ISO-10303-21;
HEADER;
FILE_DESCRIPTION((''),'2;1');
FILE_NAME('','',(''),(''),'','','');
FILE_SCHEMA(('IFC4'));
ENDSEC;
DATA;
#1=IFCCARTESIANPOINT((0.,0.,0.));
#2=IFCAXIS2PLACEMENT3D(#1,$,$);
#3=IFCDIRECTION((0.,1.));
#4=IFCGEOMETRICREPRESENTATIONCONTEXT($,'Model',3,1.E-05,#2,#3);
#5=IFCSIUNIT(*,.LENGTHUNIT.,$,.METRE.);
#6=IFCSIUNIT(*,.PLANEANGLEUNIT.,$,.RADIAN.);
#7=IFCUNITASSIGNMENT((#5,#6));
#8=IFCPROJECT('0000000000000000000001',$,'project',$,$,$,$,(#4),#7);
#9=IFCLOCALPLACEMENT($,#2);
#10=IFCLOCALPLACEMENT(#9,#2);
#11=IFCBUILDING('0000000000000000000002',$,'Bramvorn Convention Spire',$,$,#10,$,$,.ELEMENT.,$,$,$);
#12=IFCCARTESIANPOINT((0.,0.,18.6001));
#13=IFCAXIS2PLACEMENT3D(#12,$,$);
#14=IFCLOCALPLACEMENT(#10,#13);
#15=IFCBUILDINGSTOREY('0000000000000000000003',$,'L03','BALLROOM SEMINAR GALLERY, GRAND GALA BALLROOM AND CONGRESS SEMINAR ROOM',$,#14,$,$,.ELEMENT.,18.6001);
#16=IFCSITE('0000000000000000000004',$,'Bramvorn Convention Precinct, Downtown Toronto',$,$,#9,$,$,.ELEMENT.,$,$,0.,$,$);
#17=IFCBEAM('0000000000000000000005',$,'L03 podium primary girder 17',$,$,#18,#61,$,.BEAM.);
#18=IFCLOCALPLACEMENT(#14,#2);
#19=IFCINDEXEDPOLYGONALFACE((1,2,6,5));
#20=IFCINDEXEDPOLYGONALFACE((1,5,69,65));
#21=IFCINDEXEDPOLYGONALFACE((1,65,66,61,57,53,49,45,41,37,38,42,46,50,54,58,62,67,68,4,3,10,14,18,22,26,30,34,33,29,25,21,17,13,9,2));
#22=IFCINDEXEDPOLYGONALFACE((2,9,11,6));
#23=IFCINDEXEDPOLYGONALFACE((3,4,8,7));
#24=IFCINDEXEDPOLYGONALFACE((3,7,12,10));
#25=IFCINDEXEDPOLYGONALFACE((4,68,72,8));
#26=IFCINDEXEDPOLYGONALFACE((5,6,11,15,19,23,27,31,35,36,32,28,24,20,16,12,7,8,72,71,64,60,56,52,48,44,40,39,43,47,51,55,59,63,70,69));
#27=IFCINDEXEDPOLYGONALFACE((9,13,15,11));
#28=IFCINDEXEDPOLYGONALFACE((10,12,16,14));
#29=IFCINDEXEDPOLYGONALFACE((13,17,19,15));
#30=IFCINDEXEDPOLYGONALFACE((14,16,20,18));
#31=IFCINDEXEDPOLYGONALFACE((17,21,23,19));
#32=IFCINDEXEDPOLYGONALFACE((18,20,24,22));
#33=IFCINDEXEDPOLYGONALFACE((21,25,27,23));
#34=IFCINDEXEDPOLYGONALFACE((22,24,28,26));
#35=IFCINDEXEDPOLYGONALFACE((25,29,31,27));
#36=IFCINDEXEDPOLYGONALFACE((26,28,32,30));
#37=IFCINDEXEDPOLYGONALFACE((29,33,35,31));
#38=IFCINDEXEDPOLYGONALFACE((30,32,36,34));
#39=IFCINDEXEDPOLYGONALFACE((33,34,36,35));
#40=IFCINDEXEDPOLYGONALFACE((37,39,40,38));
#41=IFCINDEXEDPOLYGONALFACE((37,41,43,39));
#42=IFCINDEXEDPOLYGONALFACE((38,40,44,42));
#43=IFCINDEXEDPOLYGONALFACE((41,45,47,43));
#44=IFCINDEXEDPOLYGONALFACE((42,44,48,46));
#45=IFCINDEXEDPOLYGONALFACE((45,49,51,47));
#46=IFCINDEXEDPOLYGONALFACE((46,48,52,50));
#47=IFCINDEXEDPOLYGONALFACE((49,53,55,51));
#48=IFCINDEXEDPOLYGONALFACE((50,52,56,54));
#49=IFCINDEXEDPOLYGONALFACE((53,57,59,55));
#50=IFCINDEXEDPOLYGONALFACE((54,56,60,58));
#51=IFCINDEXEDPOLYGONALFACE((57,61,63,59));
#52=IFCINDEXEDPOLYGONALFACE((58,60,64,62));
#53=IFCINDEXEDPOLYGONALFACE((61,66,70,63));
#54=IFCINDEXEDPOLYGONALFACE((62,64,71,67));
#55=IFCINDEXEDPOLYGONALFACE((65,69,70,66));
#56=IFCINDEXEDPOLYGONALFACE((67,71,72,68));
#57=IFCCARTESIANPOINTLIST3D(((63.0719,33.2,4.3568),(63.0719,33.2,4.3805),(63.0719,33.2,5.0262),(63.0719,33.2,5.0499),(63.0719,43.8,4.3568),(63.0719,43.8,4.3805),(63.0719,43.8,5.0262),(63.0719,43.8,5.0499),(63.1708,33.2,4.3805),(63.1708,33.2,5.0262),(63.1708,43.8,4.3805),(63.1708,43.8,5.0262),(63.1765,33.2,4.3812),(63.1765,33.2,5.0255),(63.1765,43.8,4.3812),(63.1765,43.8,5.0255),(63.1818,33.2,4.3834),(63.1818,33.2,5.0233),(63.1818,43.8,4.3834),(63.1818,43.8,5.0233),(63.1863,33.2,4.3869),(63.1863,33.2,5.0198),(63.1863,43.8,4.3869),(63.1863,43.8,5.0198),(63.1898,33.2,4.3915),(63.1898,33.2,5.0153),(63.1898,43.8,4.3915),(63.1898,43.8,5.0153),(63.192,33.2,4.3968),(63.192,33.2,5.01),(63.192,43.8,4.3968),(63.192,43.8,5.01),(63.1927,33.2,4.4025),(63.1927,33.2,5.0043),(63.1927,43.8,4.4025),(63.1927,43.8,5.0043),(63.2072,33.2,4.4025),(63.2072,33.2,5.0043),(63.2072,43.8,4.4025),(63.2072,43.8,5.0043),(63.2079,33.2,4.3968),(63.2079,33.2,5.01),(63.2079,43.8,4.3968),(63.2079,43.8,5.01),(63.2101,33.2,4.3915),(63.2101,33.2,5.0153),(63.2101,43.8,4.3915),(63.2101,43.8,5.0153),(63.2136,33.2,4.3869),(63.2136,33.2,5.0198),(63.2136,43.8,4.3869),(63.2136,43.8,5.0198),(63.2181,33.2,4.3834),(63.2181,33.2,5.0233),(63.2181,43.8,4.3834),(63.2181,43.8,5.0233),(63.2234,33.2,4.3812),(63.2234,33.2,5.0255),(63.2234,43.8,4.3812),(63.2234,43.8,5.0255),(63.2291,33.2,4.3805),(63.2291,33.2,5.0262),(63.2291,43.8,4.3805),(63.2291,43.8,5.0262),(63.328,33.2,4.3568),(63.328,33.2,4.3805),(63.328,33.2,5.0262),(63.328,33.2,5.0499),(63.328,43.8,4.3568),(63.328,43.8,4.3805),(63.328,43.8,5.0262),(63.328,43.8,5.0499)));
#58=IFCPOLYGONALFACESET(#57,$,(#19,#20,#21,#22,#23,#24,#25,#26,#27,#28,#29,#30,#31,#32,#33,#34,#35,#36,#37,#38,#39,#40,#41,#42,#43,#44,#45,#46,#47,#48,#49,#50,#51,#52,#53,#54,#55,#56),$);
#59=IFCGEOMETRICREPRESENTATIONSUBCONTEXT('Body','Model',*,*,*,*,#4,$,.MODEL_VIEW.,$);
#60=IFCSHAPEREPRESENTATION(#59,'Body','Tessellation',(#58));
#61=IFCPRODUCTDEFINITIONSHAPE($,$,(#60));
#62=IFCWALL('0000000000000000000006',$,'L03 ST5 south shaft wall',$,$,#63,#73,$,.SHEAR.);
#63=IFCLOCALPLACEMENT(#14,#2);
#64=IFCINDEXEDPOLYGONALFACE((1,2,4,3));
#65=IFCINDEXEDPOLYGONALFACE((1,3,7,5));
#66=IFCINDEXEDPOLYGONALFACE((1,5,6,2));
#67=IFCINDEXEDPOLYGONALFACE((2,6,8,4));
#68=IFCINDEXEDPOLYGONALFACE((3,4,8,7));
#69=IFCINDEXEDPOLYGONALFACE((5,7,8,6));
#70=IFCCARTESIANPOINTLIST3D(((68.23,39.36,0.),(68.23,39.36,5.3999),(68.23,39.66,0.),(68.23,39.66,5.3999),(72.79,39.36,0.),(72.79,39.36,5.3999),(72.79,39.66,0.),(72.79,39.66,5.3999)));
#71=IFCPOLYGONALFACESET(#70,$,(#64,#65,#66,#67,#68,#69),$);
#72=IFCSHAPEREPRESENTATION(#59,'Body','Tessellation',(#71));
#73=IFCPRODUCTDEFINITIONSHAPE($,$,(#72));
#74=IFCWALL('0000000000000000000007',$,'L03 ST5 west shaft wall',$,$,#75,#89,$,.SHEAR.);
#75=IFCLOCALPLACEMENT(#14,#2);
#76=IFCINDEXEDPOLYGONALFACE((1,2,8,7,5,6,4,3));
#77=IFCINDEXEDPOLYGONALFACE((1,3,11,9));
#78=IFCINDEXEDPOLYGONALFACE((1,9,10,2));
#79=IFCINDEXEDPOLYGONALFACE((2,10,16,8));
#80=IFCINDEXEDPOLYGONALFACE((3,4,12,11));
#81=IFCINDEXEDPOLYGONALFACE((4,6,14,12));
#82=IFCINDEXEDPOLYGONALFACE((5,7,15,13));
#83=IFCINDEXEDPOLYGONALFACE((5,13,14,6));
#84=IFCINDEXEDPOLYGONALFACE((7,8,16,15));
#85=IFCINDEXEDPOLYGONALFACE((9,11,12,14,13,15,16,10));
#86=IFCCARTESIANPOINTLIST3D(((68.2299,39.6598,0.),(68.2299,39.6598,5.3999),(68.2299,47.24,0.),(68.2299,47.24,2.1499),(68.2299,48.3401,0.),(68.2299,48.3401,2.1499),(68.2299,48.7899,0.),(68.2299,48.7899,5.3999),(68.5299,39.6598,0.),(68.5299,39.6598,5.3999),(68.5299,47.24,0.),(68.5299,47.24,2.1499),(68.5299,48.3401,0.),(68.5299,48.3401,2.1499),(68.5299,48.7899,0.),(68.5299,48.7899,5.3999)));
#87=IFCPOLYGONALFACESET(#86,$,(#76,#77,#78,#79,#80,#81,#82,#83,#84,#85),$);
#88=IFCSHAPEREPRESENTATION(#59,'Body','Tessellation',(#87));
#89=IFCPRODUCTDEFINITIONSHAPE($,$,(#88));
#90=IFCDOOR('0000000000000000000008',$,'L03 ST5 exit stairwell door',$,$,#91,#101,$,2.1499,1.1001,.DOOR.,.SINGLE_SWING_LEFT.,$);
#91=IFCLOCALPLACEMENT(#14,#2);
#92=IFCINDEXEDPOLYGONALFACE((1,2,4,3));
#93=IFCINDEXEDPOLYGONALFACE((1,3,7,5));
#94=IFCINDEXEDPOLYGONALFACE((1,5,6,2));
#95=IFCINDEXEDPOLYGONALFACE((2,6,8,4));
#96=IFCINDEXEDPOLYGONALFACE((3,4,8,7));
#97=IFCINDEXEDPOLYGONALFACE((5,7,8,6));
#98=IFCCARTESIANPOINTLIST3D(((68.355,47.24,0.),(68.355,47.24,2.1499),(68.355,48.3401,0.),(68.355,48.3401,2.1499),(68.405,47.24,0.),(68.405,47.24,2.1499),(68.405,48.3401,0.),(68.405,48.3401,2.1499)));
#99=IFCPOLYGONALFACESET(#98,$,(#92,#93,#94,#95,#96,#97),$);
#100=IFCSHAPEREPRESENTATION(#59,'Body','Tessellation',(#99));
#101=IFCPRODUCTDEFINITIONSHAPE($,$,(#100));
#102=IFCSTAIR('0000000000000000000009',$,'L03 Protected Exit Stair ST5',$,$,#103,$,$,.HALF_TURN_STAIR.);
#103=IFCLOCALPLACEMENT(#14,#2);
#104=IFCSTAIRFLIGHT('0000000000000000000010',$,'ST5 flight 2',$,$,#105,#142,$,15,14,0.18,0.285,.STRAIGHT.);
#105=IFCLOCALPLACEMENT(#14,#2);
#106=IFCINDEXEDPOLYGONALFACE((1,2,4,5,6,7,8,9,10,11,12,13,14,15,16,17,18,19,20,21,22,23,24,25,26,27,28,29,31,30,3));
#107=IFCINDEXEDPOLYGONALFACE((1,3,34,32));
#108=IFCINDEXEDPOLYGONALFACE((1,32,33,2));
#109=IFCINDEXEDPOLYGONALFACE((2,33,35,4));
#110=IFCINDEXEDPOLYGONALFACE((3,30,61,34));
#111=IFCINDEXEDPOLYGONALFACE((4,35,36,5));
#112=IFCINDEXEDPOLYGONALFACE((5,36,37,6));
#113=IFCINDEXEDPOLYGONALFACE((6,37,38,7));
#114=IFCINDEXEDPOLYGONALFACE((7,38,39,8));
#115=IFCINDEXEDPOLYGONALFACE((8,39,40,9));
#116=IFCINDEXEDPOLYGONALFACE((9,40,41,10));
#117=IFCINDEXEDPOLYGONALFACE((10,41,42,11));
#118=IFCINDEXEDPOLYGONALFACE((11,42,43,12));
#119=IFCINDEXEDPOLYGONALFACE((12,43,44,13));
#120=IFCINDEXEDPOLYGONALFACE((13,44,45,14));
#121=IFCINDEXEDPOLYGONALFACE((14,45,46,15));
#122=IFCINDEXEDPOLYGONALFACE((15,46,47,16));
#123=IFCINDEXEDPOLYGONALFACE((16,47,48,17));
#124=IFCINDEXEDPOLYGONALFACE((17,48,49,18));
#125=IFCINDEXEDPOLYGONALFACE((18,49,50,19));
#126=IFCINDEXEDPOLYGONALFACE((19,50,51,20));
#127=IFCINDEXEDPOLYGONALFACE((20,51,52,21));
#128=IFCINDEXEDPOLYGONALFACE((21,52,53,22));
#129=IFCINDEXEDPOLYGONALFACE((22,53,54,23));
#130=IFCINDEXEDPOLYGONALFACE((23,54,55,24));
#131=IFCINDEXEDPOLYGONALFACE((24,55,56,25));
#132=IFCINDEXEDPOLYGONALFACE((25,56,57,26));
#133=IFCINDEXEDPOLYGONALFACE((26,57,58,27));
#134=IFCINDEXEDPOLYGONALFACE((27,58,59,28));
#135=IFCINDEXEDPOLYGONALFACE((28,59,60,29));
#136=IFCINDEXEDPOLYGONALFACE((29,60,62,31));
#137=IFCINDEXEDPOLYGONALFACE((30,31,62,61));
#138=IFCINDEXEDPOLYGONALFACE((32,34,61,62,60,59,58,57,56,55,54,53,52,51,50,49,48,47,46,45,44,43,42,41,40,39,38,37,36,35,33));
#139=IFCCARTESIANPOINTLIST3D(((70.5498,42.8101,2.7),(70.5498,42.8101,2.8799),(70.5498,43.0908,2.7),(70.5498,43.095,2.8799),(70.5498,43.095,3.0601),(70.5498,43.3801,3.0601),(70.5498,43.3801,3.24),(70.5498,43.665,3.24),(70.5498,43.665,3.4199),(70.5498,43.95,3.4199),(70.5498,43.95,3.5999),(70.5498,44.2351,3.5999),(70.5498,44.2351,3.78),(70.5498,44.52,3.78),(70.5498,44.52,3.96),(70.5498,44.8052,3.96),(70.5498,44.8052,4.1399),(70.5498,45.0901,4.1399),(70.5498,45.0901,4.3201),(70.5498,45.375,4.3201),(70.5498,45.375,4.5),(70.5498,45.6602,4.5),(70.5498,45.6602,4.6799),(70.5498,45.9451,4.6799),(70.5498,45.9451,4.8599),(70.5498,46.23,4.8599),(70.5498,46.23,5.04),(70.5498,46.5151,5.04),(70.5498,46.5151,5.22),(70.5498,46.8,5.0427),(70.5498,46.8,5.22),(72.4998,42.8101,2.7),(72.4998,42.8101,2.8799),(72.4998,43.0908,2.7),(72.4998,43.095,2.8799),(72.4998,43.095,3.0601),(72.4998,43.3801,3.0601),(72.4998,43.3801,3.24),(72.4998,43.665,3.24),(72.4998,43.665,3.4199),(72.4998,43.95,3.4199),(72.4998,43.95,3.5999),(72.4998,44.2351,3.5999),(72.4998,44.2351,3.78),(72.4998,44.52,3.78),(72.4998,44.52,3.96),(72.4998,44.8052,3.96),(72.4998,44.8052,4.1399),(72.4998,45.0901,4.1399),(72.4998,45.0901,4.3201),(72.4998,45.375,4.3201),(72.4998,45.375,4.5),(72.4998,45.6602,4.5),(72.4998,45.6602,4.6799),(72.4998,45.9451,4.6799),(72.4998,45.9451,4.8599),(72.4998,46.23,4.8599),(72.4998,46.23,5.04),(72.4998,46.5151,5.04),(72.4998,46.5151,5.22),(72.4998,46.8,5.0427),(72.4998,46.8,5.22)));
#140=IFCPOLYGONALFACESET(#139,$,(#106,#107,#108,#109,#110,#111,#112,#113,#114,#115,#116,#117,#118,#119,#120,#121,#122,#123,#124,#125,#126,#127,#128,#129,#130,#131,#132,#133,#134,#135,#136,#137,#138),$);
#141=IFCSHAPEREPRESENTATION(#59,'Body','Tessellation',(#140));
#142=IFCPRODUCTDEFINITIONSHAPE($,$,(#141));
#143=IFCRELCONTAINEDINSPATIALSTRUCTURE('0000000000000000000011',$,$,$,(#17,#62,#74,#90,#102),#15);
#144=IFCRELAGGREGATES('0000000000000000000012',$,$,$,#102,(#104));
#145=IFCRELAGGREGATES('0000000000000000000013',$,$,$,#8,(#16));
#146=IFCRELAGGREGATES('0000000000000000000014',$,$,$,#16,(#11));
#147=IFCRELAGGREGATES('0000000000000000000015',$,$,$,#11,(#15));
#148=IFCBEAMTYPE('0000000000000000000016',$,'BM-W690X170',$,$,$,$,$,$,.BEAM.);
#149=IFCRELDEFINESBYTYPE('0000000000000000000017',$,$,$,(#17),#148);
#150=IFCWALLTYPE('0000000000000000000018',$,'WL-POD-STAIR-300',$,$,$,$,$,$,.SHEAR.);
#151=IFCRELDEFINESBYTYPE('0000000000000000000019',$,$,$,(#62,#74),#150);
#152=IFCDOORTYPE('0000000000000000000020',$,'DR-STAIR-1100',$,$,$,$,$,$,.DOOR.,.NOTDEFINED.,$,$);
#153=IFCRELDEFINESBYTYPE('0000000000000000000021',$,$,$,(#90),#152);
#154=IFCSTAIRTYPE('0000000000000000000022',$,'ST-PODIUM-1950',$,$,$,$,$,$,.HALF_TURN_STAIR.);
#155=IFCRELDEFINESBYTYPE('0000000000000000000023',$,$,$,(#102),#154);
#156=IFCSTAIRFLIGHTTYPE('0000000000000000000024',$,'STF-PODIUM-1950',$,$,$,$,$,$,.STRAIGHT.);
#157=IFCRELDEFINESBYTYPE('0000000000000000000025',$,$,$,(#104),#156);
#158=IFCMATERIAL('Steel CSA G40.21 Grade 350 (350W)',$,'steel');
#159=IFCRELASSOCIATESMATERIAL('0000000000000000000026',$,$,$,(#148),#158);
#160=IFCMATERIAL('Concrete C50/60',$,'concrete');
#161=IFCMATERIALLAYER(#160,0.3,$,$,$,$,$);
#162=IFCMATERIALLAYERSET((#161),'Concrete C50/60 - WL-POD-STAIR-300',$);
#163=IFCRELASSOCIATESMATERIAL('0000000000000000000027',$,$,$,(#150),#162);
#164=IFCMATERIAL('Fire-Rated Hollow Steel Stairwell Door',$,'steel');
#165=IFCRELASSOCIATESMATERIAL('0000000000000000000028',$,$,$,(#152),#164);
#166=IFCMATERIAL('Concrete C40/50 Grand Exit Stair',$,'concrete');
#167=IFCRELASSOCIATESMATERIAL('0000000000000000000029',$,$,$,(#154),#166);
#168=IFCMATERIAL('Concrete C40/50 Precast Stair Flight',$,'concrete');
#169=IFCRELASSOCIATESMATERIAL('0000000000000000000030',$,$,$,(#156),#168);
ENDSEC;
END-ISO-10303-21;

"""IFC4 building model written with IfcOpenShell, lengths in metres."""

from ifc_helpers import new_model, si_unit, direction, frame, frame_2d, origin, origin_2d, place, context, subcontext, project, spatial, polyline, rectangle, i_section, outline, extrude, material, layer, layer_set, material_profile, profile_set, type_object, element, fill, aggregate, save


model = new_model("IFC4")

# Units and contexts
model_context = context("Model", 3, precision=1e-05, world=origin(), true_north=direction((0.0, 1.0)))
body_context = subcontext(model_context, "Body", "Model", "MODEL_VIEW")
ifc_project = project(units=[si_unit("LENGTHUNIT", "METRE"), si_unit("PLANEANGLEUNIT", "RADIAN")], contexts=[model_context])

# Site, building, storey
site_placement = place(None, origin())
site = spatial("IfcSite", under=ifc_project, at=site_placement, Name="Bramvorn Convention Precinct, Downtown Toronto", CompositionType="ELEMENT", RefElevation=0.0)
building_placement = place(site_placement, origin())
building = spatial("IfcBuilding", under=site, at=building_placement, Name="Bramvorn Convention Spire", CompositionType="ELEMENT")
storey_placement = place(building_placement, frame((0.0, 0.0, 18.6001)))
storey = spatial("IfcBuildingStorey", under=building, at=storey_placement, Name="L03", Description="BALLROOM SEMINAR GALLERY, GRAND GALA BALLROOM AND CONGRESS SEMINAR ROOM", CompositionType="ELEMENT", Elevation=18.6001)

# Shared definitions
ifc_material_1 = material(Name="Steel CSA G40.21 Grade 350 (350W)", Category="steel")

# Beam
ifc_material_profile_1 = material_profile(ifc_material_1, i_section(OverallWidth=0.2561, OverallDepth=0.6931, WebThickness=0.0144, FlangeThickness=0.0237, FilletRadius=0.022, at=origin_2d()))
ifc_profile_set_1 = profile_set([ifc_material_profile_1], Name="Steel CSA G40.21 Grade 350 (350W) - W690X170")
beam_type_1 = type_object("IfcBeamType", Name="BM-W690X170", PredefinedType="BEAM", material=ifc_profile_set_1)
beam_1_placement = place(storey_placement, frame((63.2, 33.2, 4.7034), z_axis=(0.0, 1.0, 0.0), x_axis=(-1.0, 0.0, 0.0)))
element("IfcBeam", 1, at=beam_1_placement, inside=storey, type_object=beam_type_1, Name="L03 podium primary girder 17", PredefinedType="BEAM", context=body_context, shape_type="SweptSolid", body=[
    extrude(i_section(OverallWidth=0.2561, OverallDepth=0.6931, WebThickness=0.0144, FlangeThickness=0.0237, FilletRadius=0.022, at=origin_2d()), origin(), (0.0, 0.0, 1.0), 10.6001),
])

# Wall
ifc_material_2 = material(Name="Concrete C50/60", Category="concrete")
ifc_layer = layer(ifc_material_2, 0.3)
ifc_layer_set = layer_set([ifc_layer], Name="Concrete C50/60 - WL-POD-STAIR-300")
wall_type = type_object("IfcWallType", Name="WL-POD-STAIR-300", PredefinedType="SHEAR", material=ifc_layer_set)
wall_1_placement = place(storey_placement, frame((68.23, 39.51, 0.0), z_axis=(0.0, 0.0, 1.0), x_axis=(1.0, 0.0, 0.0)))
element("IfcWall", 2, at=wall_1_placement, inside=storey, type_object=wall_type, Name="L03 ST5 south shaft wall", PredefinedType="SHEAR", context=body_context, shape_type="SweptSolid", body=[
    extrude(rectangle(XDim=4.5601, YDim=0.3, at=frame_2d((2.28, 0.0))), origin(), (0.0, 0.0, 1.0), 5.3999),
])

# Wall, opening, door
wall_2_placement = place(storey_placement, frame((68.3799, 39.6599, 0.0), z_axis=(0.0, 0.0, 1.0), x_axis=(0.0, 1.0, 0.0)))
wall_2 = element("IfcWall", 3, at=wall_2_placement, inside=storey, type_object=wall_type, Name="L03 ST5 west shaft wall", PredefinedType="SHEAR", context=body_context, shape_type="SweptSolid", body=[
    extrude(rectangle(XDim=9.1301, YDim=0.3, at=frame_2d((4.5649, 0.0))), origin(), (0.0, 0.0, 1.0), 5.3999),
])
opening_placement = place(wall_2_placement, frame((7.5801, 0.0, 0.0)))
opening = element("IfcOpeningElement", 4, at=opening_placement, cuts=wall_2, PredefinedType="OPENING", context=body_context, shape_type="SweptSolid", body=[
    extrude(rectangle(XDim=1.1001, YDim=2.1499, at=frame_2d((0.55, 1.075))), frame((0.0, 0.1599, 0.0), z_axis=(0.0, -1.0, 0.0), x_axis=(1.0, 0.0, 0.0)), (0.0, 0.0, 1.0), 0.3201),
])
ifc_material_3 = material(Name="Fire-Rated Hollow Steel Stairwell Door", Category="steel")
door_type = type_object("IfcDoorType", Name="DR-STAIR-1100", OperationType="NOTDEFINED", PredefinedType="DOOR", material=ifc_material_3)
door_placement = place(opening_placement, origin())
door = element("IfcDoor", 5, at=door_placement, inside=storey, type_object=door_type, Name="L03 ST5 exit stairwell door", OperationType="SINGLE_SWING_LEFT", OverallHeight=2.1499, OverallWidth=1.1001, PredefinedType="DOOR", context=body_context, shape_type="SweptSolid", body=[
    extrude(rectangle(XDim=1.1001, YDim=2.1499, at=frame_2d((0.55, 1.075))), frame((0.0, 0.0249, 0.0), z_axis=(0.0, -1.0, 0.0), x_axis=(1.0, 0.0, 0.0)), (0.0, 0.0, 1.0), 0.05),
])
fill(opening, door)

# Stair, stair flight
ifc_material_4 = material(Name="Concrete C40/50 Grand Exit Stair", Category="concrete")
stair_type = type_object("IfcStairType", Name="ST-PODIUM-1950", PredefinedType="HALF_TURN_STAIR", material=ifc_material_4)
stair_placement = place(storey_placement, origin())
stair = element("IfcStair", 6, at=stair_placement, inside=storey, type_object=stair_type, Name="L03 Protected Exit Stair ST5", PredefinedType="HALF_TURN_STAIR")
ifc_material_5 = material(Name="Concrete C40/50 Precast Stair Flight", Category="concrete")
stair_flight_type = type_object("IfcStairFlightType", Name="STF-PODIUM-1950", PredefinedType="STRAIGHT", material=ifc_material_5)
stair_flight_placement = place(storey_placement, frame((71.5249, 42.8101, 2.7), z_axis=(0.0, 0.0, 1.0), x_axis=(0.0, 1.0, 0.0)))
stair_flight = element("IfcStairFlight", 7, at=stair_flight_placement, type_object=stair_flight_type, Name="ST5 flight 2", NumberOfRisers=15, NumberOfTreads=14, PredefinedType="STRAIGHT", RiserHeight=0.18, TreadLength=0.285, context=body_context, shape_type="SweptSolid", body=[
    extrude(outline(polyline([(0.0, 0.0), (0.0, 0.1799), (0.2849, 0.1799), (0.2849, 0.3601), (0.5701, 0.3601), (0.5701, 0.54), (0.855, 0.54), (0.855, 0.72), (1.1399, 0.72), (1.1399, 0.8999), (1.425, 0.8999), (1.425, 1.0801), (1.71, 1.0801), (1.71, 1.26), (1.9951, 1.26), (1.9951, 1.4399), (2.28, 1.4399), (2.28, 1.6201), (2.5649, 1.6201), (2.5649, 1.8), (2.8501, 1.8), (2.8501, 1.98), (3.135, 1.98), (3.135, 2.1599), (3.4199, 2.1599), (3.4199, 2.3401), (3.7051, 2.3401), (3.7051, 2.52), (3.99, 2.52), (3.99, 2.7), (3.99, 2.3428), (0.2808, 0.0), (0.0, 0.0)])), frame((0.0, 0.9751, 0.0), z_axis=(0.0, -1.0, 0.0), x_axis=(1.0, 0.0, 0.0)), (0.0, 0.0, 1.0), 1.95),
])
aggregate(stair, [stair_flight])

save(model, "model.ifc")
